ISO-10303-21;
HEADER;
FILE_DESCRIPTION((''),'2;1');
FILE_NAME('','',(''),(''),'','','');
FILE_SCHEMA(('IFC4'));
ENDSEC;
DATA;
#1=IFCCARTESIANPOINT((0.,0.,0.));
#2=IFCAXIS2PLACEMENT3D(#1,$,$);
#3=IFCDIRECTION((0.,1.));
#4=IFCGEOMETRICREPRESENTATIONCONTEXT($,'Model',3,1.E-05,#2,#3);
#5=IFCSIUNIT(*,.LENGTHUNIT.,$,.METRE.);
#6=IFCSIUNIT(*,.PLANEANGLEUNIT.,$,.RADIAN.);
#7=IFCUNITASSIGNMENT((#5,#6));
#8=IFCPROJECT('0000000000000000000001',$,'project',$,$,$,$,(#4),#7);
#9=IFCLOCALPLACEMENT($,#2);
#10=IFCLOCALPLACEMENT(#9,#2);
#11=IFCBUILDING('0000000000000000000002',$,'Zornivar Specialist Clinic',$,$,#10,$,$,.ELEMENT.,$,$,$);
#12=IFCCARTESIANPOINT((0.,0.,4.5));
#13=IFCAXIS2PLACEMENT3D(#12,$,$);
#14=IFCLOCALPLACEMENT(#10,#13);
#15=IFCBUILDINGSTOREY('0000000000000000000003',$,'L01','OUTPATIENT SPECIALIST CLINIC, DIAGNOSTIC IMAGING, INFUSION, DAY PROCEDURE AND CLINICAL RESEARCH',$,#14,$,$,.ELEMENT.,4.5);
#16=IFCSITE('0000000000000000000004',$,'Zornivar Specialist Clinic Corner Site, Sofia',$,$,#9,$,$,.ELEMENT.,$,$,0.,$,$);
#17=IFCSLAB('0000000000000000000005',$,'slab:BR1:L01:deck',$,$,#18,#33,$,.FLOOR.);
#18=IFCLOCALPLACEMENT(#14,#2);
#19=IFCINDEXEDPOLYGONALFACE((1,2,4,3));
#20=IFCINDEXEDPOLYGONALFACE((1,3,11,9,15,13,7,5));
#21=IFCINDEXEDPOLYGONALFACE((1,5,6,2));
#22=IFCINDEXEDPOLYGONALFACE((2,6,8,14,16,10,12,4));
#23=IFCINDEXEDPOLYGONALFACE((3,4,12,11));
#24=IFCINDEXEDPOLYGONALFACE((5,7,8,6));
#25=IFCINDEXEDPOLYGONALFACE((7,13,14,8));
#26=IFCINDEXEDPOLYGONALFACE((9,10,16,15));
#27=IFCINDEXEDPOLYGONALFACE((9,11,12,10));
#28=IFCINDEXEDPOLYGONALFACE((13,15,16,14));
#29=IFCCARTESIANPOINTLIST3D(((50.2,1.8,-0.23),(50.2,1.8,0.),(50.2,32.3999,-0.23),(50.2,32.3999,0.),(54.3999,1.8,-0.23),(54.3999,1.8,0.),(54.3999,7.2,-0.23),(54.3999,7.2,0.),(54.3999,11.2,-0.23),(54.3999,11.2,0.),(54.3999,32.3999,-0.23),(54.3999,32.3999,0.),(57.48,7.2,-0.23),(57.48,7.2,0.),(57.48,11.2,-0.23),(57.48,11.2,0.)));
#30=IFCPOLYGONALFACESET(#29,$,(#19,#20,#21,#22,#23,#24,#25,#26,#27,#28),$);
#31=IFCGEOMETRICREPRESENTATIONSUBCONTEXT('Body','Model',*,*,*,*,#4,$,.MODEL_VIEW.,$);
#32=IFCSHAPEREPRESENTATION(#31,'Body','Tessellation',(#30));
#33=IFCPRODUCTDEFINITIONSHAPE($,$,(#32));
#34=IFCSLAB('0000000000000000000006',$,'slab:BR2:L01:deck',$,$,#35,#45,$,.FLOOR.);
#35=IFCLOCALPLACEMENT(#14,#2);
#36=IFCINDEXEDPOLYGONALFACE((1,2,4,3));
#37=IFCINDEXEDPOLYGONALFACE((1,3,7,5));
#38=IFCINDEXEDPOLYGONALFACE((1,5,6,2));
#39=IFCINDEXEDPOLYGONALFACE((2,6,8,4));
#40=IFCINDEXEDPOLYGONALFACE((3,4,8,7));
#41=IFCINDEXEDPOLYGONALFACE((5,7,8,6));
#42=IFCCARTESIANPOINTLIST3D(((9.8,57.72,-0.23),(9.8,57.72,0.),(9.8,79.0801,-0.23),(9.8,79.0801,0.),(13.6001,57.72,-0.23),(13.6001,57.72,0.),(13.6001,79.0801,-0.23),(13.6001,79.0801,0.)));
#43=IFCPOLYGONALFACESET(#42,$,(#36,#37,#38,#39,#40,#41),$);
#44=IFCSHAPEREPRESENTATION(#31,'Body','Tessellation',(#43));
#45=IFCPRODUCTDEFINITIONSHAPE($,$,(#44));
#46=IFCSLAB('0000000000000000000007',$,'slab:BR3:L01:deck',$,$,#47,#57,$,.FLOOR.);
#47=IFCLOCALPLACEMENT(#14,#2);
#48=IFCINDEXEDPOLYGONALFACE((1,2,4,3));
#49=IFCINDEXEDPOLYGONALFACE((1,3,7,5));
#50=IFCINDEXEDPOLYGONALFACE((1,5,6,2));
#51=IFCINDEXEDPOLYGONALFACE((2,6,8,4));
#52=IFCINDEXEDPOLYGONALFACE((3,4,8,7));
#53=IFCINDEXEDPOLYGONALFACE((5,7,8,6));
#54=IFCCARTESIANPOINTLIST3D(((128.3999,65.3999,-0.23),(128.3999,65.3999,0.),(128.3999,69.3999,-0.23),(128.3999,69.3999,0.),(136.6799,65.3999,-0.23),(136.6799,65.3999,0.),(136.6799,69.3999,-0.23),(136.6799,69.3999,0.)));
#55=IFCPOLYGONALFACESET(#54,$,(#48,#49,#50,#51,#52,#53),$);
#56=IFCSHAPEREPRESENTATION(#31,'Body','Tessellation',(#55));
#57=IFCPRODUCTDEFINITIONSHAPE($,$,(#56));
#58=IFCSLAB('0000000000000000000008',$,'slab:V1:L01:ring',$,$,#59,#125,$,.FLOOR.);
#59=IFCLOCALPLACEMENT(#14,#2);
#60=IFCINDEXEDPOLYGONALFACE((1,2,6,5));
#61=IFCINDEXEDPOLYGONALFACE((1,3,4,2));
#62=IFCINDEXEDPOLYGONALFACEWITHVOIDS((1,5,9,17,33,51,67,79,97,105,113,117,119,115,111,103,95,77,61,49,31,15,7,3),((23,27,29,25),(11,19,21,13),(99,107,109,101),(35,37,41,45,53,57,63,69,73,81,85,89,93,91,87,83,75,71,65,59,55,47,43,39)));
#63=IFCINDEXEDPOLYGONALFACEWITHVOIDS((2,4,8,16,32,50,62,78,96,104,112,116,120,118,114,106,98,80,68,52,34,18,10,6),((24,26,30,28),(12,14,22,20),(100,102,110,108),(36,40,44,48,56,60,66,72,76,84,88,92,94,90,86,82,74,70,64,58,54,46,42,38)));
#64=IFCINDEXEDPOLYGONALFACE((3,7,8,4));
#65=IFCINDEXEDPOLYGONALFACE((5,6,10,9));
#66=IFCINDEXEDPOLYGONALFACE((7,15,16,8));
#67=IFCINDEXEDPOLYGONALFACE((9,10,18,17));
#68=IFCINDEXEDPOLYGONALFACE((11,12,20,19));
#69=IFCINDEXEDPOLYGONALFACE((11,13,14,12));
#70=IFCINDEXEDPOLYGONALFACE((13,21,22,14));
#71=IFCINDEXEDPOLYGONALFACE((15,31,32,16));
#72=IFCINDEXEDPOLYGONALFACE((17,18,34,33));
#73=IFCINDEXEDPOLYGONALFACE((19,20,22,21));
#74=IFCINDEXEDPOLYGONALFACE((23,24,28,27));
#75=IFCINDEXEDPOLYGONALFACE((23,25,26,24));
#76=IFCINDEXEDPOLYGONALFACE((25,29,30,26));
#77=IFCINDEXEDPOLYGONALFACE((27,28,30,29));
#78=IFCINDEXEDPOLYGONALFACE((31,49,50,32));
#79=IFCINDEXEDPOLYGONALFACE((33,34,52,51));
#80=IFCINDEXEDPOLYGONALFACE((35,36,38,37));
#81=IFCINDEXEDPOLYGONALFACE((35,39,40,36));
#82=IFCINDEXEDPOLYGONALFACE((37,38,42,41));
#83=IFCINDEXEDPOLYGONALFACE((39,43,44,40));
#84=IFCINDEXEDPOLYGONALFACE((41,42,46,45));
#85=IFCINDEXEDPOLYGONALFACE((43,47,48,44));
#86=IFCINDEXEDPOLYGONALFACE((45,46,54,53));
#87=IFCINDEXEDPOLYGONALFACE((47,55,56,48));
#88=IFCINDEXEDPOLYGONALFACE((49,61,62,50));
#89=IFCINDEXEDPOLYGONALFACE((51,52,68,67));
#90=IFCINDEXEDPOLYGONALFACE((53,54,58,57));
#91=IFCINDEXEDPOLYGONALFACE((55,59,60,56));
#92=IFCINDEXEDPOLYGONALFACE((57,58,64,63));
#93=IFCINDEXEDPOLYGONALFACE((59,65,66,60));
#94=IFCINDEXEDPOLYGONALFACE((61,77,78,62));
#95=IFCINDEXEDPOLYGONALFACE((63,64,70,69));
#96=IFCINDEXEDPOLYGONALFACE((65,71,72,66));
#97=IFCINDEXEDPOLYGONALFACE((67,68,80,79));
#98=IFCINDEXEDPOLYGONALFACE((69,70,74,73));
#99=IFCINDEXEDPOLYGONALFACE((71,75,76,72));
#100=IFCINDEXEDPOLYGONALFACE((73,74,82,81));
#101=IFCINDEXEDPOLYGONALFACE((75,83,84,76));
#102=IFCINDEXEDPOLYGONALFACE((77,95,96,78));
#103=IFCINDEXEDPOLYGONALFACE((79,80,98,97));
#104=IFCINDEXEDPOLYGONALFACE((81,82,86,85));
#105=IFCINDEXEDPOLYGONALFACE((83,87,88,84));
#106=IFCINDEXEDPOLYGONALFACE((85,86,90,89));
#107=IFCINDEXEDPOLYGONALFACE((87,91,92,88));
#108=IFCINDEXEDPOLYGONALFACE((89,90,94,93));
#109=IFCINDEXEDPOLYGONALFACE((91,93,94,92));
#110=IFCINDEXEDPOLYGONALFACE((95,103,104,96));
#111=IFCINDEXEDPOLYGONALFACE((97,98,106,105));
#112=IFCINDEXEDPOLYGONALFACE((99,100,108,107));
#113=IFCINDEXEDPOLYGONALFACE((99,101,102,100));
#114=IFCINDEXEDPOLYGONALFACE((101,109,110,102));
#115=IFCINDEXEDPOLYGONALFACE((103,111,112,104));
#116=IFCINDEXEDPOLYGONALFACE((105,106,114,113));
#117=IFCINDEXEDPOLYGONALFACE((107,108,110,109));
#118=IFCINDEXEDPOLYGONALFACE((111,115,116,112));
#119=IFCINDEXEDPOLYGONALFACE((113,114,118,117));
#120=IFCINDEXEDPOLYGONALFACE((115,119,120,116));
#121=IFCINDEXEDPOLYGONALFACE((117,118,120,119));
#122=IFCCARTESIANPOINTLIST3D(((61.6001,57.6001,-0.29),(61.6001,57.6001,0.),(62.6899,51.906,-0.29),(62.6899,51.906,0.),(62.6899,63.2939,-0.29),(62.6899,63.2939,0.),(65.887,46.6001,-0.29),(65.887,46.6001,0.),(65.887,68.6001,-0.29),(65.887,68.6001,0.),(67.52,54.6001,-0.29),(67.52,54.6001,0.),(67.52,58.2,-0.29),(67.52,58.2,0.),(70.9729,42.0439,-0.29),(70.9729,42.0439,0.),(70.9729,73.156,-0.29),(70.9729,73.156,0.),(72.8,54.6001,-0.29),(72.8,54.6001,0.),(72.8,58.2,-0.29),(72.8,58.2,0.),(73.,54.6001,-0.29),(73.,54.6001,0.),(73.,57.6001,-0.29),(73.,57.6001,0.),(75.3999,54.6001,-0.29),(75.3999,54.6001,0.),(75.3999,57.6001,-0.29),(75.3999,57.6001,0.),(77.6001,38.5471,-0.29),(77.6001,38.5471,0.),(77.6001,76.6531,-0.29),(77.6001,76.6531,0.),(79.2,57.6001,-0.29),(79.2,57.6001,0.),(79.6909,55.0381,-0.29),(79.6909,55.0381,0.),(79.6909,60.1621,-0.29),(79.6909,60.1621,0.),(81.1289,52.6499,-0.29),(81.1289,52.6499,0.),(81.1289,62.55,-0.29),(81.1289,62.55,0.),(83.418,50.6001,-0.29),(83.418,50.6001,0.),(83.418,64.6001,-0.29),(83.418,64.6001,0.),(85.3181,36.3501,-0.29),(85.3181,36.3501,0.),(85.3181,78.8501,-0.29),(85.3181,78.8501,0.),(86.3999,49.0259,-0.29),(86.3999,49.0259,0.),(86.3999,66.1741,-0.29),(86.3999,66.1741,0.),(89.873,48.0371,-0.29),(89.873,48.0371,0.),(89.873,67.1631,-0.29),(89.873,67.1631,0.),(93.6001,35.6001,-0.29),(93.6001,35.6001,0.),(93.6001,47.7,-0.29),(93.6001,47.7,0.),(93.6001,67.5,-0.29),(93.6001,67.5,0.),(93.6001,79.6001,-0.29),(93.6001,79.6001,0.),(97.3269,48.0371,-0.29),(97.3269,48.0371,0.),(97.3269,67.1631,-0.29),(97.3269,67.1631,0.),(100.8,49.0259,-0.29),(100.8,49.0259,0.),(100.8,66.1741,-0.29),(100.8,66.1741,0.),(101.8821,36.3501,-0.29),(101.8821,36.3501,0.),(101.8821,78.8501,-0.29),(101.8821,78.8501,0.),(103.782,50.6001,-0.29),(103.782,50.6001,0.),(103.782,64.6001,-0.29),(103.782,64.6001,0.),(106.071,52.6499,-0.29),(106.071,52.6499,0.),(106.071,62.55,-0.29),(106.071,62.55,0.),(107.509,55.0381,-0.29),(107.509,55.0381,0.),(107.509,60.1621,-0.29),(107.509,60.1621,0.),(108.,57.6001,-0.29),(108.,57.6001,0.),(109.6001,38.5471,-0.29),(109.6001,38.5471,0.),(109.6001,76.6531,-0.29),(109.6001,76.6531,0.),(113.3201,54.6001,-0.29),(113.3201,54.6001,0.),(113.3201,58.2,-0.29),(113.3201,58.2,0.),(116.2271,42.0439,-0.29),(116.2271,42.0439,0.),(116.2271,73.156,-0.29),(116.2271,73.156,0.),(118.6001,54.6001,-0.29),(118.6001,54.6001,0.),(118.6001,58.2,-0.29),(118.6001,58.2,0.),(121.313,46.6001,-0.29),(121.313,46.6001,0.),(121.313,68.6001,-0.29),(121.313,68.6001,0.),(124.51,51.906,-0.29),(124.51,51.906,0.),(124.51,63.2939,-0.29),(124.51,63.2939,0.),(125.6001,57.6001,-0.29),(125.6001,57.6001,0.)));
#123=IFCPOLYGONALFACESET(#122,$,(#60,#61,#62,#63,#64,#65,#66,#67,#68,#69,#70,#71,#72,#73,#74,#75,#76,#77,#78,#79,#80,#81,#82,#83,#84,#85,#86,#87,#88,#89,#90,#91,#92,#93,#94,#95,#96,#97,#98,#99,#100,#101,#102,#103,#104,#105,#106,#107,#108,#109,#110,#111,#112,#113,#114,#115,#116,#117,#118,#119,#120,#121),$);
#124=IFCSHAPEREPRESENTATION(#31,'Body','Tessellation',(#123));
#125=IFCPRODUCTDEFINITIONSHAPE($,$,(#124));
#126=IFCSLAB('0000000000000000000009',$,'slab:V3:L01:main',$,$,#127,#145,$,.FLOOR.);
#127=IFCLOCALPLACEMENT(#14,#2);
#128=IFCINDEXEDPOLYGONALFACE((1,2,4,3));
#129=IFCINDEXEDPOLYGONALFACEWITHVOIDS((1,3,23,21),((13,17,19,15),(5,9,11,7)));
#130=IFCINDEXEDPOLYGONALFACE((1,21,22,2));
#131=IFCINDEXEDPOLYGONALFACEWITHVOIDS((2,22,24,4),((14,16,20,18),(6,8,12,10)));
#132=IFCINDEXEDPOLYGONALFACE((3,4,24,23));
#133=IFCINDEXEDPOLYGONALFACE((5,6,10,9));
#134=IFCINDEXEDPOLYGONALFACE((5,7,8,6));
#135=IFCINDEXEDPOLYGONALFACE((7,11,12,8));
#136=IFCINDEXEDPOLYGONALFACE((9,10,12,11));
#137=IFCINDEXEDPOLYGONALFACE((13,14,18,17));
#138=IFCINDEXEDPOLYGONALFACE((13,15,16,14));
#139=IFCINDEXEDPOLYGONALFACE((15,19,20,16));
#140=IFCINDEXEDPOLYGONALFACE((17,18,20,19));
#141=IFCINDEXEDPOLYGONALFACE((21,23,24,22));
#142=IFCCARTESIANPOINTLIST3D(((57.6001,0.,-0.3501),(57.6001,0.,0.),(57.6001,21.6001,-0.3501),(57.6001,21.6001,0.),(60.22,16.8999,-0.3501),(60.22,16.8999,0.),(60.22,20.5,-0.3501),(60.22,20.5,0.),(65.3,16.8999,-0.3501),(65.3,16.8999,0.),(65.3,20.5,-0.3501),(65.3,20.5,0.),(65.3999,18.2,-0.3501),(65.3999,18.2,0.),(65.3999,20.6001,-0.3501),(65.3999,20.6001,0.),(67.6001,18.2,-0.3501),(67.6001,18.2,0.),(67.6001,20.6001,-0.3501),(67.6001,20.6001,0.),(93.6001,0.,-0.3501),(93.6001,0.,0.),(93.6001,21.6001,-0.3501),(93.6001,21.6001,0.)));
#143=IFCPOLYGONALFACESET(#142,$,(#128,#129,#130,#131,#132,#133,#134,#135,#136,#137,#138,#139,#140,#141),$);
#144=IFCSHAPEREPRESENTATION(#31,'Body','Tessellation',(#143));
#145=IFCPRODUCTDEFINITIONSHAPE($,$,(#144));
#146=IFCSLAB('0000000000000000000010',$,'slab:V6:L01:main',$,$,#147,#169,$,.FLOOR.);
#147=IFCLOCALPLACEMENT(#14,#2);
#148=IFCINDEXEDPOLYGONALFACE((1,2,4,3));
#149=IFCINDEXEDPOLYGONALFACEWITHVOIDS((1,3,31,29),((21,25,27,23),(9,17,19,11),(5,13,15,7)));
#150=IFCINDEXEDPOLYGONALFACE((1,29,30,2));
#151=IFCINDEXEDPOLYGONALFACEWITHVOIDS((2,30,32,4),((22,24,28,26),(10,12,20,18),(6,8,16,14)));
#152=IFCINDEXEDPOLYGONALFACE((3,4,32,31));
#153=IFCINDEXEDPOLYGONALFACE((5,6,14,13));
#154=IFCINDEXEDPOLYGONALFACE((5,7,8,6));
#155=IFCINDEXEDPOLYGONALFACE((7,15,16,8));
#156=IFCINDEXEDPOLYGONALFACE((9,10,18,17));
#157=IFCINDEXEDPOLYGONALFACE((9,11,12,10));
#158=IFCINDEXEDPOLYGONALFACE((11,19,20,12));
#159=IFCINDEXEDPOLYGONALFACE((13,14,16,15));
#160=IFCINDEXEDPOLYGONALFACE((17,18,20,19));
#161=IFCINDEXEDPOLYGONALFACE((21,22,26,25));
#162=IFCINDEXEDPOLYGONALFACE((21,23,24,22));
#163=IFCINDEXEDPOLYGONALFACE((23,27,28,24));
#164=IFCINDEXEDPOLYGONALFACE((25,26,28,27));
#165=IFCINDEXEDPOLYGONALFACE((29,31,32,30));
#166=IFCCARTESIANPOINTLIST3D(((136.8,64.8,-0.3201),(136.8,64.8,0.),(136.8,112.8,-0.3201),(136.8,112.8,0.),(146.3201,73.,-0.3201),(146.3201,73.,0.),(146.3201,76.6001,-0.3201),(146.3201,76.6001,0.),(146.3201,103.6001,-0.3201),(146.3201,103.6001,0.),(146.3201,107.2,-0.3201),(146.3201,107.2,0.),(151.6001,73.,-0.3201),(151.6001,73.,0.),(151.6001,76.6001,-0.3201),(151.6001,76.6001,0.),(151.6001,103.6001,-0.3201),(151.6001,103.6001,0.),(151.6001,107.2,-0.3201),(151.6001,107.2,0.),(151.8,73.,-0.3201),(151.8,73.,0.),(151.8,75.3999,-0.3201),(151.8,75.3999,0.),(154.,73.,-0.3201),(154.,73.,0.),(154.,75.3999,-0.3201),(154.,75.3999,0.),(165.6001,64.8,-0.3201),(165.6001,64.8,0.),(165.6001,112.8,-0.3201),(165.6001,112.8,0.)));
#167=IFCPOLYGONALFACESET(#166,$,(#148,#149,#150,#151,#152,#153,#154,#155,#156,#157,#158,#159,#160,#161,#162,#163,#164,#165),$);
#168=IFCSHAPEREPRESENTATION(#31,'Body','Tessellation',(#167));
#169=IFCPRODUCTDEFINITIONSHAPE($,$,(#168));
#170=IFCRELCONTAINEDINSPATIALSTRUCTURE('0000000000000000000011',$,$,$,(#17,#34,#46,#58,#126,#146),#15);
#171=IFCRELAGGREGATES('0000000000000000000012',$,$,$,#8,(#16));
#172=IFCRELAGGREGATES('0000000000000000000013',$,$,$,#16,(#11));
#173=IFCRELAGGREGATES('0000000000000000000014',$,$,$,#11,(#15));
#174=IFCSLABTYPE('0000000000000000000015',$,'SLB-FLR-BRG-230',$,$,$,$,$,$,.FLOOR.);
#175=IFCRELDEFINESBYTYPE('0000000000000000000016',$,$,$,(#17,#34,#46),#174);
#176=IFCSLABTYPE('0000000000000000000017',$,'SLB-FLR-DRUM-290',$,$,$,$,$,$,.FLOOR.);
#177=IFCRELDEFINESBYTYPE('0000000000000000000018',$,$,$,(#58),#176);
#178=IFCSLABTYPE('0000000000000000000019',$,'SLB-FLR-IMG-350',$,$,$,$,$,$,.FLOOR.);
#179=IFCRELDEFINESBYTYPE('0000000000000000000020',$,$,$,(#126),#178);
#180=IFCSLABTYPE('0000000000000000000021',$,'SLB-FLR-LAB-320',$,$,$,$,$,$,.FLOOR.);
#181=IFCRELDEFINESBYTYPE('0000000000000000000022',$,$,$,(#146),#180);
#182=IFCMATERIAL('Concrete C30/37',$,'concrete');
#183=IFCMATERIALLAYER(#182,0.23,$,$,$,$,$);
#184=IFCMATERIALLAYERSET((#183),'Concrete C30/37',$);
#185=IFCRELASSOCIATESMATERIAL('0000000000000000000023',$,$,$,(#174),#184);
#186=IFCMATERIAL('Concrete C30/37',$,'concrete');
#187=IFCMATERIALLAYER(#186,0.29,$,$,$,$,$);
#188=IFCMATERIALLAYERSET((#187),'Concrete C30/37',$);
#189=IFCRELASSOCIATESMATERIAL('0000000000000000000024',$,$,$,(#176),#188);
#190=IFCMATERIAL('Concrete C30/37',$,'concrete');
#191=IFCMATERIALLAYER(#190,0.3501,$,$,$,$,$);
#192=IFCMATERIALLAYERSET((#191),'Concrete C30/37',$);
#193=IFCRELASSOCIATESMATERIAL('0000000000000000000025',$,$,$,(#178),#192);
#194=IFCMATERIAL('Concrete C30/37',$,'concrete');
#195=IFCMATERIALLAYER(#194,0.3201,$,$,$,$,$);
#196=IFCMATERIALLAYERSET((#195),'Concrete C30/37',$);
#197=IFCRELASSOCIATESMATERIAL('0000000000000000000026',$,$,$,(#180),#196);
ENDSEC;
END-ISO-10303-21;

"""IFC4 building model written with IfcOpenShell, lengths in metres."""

from ifc_helpers import new_model, si_unit, direction, frame, origin, place, context, subcontext, project, spatial, polyline, outline, extrude, material, layer, layer_set, type_object, element, save


model = new_model("IFC4")

# Units and contexts
model_context = context("Model", 3, precision=1e-05, world=origin(), true_north=direction((0.0, 1.0)))
body_context = subcontext(model_context, "Body", "Model", "MODEL_VIEW")
ifc_project = project(units=[si_unit("LENGTHUNIT", "METRE"), si_unit("PLANEANGLEUNIT", "RADIAN")], contexts=[model_context])

# Site, building, storey
site_placement = place(None, origin())
site = spatial("IfcSite", under=ifc_project, at=site_placement, Name="Zornivar Specialist Clinic Corner Site, Sofia", CompositionType="ELEMENT", RefElevation=0.0)
building_placement = place(site_placement, origin())
building = spatial("IfcBuilding", under=site, at=building_placement, Name="Zornivar Specialist Clinic", CompositionType="ELEMENT")
storey_placement = place(building_placement, frame((0.0, 0.0, 4.5)))
storey = spatial("IfcBuildingStorey", under=building, at=storey_placement, Name="L01", Description="OUTPATIENT SPECIALIST CLINIC, DIAGNOSTIC IMAGING, INFUSION, DAY PROCEDURE AND CLINICAL RESEARCH", CompositionType="ELEMENT", Elevation=4.5)

# Slabs
ifc_material_1 = material(Name="Concrete C30/37", Category="concrete")
ifc_layer_1 = layer(ifc_material_1, 0.23)
ifc_layer_set_1 = layer_set([ifc_layer_1], Name="Concrete C30/37")
slab_type_1 = type_object("IfcSlabType", Name="SLB-FLR-BRG-230", PredefinedType="FLOOR", material=ifc_layer_set_1)
slab_1_placement = place(storey_placement, frame((0.0, 0.0, -0.23)))
element("IfcSlab", 1, at=slab_1_placement, inside=storey, type_object=slab_type_1, Name="slab:BR1:L01:deck", PredefinedType="FLOOR", context=body_context, shape_type="SweptSolid", body=[
    extrude(outline(polyline([(57.48, 11.2), (57.48, 7.2), (54.3999, 7.2), (54.3999, 1.8), (50.2, 1.8), (50.2, 32.3999), (54.3999, 32.3999), (54.3999, 11.2), (57.48, 11.2)])), origin(), (0.0, 0.0, 1.0), 0.23),
])
slab_2_placement = place(storey_placement, frame((0.0, 0.0, -0.23)))
element("IfcSlab", 2, at=slab_2_placement, inside=storey, type_object=slab_type_1, Name="slab:BR2:L01:deck", PredefinedType="FLOOR", context=body_context, shape_type="SweptSolid", body=[
    extrude(outline(polyline([(9.8, 57.72), (13.6001, 57.72), (13.6001, 79.0801), (9.8, 79.0801), (9.8, 57.72)])), origin(), (0.0, 0.0, 1.0), 0.23),
])
slab_3_placement = place(storey_placement, frame((0.0, 0.0, -0.23)))
element("IfcSlab", 3, at=slab_3_placement, inside=storey, type_object=slab_type_1, Name="slab:BR3:L01:deck", PredefinedType="FLOOR", context=body_context, shape_type="SweptSolid", body=[
    extrude(outline(polyline([(128.3999, 65.3999), (136.6799, 65.3999), (136.6799, 69.3999), (128.3999, 69.3999), (128.3999, 65.3999)])), origin(), (0.0, 0.0, 1.0), 0.23),
])
ifc_material_2 = material(Name="Concrete C30/37", Category="concrete")
ifc_layer_2 = layer(ifc_material_2, 0.29)
ifc_layer_set_2 = layer_set([ifc_layer_2], Name="Concrete C30/37")
slab_type_2 = type_object("IfcSlabType", Name="SLB-FLR-DRUM-290", PredefinedType="FLOOR", material=ifc_layer_set_2)
slab_4_placement = place(storey_placement, frame((0.0, 0.0, -0.29)))
element("IfcSlab", 4, at=slab_4_placement, inside=storey, type_object=slab_type_2, Name="slab:V1:L01:ring", PredefinedType="FLOOR", context=body_context, shape_type="SweptSolid", body=[
    extrude(outline(polyline([(125.6001, 57.6001), (124.51, 63.2939), (121.313, 68.6001), (116.2271, 73.156), (109.6001, 76.6531), (101.8821, 78.8501), (93.6001, 79.6001), (85.3181, 78.8501), (77.6001, 76.6531), (70.9729, 73.156), (65.887, 68.6001), (62.6899, 63.2939), (61.6001, 57.6001), (62.6899, 51.906), (65.887, 46.6001), (70.9729, 42.0439), (77.6001, 38.5471), (85.3181, 36.3501), (93.6001, 35.6001), (101.8821, 36.3501), (109.6001, 38.5471), (116.2271, 42.0439), (121.313, 46.6001), (124.51, 51.906), (125.6001, 57.6001)]), holes=[polyline([(108.0, 57.6001), (107.509, 60.1621), (106.071, 62.55), (103.782, 64.6001), (100.8, 66.1741), (97.3269, 67.1631), (93.6001, 67.5), (89.873, 67.1631), (86.3999, 66.1741), (83.418, 64.6001), (81.1289, 62.55), (79.6909, 60.1621), (79.2, 57.6001), (79.6909, 55.0381), (81.1289, 52.6499), (83.418, 50.6001), (86.3999, 49.0259), (89.873, 48.0371), (93.6001, 47.7), (97.3269, 48.0371), (100.8, 49.0259), (103.782, 50.6001), (106.071, 52.6499), (107.509, 55.0381), (108.0, 57.6001)]), polyline([(67.52, 54.6001), (72.8, 54.6001), (72.8, 58.2), (67.52, 58.2), (67.52, 54.6001)]), polyline([(73.0, 54.6001), (75.3999, 54.6001), (75.3999, 57.6001), (73.0, 57.6001), (73.0, 54.6001)]), polyline([(113.3201, 54.6001), (118.6001, 54.6001), (118.6001, 58.2), (113.3201, 58.2), (113.3201, 54.6001)])]), origin(), (0.0, 0.0, 1.0), 0.29),
])
ifc_material_3 = material(Name="Concrete C30/37", Category="concrete")
ifc_layer_3 = layer(ifc_material_3, 0.3501)
ifc_layer_set_3 = layer_set([ifc_layer_3], Name="Concrete C30/37")
slab_type_3 = type_object("IfcSlabType", Name="SLB-FLR-IMG-350", PredefinedType="FLOOR", material=ifc_layer_set_3)
slab_5_placement = place(storey_placement, frame((0.0, 0.0, -0.3501)))
element("IfcSlab", 5, at=slab_5_placement, inside=storey, type_object=slab_type_3, Name="slab:V3:L01:main", PredefinedType="FLOOR", context=body_context, shape_type="SweptSolid", body=[
    extrude(outline(polyline([(57.6001, 0.0), (93.6001, 0.0), (93.6001, 21.6001), (57.6001, 21.6001), (57.6001, 0.0)]), holes=[polyline([(60.22, 16.8999), (65.3, 16.8999), (65.3, 20.5), (60.22, 20.5), (60.22, 16.8999)]), polyline([(65.3999, 18.2), (67.6001, 18.2), (67.6001, 20.6001), (65.3999, 20.6001), (65.3999, 18.2)])]), origin(), (0.0, 0.0, 1.0), 0.3501),
])
ifc_material_4 = material(Name="Concrete C30/37", Category="concrete")
ifc_layer_4 = layer(ifc_material_4, 0.3201)
ifc_layer_set_4 = layer_set([ifc_layer_4], Name="Concrete C30/37")
slab_type_4 = type_object("IfcSlabType", Name="SLB-FLR-LAB-320", PredefinedType="FLOOR", material=ifc_layer_set_4)
slab_6_placement = place(storey_placement, frame((0.0, 0.0, -0.3201)))
element("IfcSlab", 6, at=slab_6_placement, inside=storey, type_object=slab_type_4, Name="slab:V6:L01:main", PredefinedType="FLOOR", context=body_context, shape_type="SweptSolid", body=[
    extrude(outline(polyline([(136.8, 64.8), (165.6001, 64.8), (165.6001, 112.8), (136.8, 112.8), (136.8, 64.8)]), holes=[polyline([(146.3201, 73.0), (151.6001, 73.0), (151.6001, 76.6001), (146.3201, 76.6001), (146.3201, 73.0)]), polyline([(151.8, 73.0), (154.0, 73.0), (154.0, 75.3999), (151.8, 75.3999), (151.8, 73.0)]), polyline([(146.3201, 103.6001), (151.6001, 103.6001), (151.6001, 107.2), (146.3201, 107.2), (146.3201, 103.6001)])]), origin(), (0.0, 0.0, 1.0), 0.3201),
])

save(model, "model.ifc")
